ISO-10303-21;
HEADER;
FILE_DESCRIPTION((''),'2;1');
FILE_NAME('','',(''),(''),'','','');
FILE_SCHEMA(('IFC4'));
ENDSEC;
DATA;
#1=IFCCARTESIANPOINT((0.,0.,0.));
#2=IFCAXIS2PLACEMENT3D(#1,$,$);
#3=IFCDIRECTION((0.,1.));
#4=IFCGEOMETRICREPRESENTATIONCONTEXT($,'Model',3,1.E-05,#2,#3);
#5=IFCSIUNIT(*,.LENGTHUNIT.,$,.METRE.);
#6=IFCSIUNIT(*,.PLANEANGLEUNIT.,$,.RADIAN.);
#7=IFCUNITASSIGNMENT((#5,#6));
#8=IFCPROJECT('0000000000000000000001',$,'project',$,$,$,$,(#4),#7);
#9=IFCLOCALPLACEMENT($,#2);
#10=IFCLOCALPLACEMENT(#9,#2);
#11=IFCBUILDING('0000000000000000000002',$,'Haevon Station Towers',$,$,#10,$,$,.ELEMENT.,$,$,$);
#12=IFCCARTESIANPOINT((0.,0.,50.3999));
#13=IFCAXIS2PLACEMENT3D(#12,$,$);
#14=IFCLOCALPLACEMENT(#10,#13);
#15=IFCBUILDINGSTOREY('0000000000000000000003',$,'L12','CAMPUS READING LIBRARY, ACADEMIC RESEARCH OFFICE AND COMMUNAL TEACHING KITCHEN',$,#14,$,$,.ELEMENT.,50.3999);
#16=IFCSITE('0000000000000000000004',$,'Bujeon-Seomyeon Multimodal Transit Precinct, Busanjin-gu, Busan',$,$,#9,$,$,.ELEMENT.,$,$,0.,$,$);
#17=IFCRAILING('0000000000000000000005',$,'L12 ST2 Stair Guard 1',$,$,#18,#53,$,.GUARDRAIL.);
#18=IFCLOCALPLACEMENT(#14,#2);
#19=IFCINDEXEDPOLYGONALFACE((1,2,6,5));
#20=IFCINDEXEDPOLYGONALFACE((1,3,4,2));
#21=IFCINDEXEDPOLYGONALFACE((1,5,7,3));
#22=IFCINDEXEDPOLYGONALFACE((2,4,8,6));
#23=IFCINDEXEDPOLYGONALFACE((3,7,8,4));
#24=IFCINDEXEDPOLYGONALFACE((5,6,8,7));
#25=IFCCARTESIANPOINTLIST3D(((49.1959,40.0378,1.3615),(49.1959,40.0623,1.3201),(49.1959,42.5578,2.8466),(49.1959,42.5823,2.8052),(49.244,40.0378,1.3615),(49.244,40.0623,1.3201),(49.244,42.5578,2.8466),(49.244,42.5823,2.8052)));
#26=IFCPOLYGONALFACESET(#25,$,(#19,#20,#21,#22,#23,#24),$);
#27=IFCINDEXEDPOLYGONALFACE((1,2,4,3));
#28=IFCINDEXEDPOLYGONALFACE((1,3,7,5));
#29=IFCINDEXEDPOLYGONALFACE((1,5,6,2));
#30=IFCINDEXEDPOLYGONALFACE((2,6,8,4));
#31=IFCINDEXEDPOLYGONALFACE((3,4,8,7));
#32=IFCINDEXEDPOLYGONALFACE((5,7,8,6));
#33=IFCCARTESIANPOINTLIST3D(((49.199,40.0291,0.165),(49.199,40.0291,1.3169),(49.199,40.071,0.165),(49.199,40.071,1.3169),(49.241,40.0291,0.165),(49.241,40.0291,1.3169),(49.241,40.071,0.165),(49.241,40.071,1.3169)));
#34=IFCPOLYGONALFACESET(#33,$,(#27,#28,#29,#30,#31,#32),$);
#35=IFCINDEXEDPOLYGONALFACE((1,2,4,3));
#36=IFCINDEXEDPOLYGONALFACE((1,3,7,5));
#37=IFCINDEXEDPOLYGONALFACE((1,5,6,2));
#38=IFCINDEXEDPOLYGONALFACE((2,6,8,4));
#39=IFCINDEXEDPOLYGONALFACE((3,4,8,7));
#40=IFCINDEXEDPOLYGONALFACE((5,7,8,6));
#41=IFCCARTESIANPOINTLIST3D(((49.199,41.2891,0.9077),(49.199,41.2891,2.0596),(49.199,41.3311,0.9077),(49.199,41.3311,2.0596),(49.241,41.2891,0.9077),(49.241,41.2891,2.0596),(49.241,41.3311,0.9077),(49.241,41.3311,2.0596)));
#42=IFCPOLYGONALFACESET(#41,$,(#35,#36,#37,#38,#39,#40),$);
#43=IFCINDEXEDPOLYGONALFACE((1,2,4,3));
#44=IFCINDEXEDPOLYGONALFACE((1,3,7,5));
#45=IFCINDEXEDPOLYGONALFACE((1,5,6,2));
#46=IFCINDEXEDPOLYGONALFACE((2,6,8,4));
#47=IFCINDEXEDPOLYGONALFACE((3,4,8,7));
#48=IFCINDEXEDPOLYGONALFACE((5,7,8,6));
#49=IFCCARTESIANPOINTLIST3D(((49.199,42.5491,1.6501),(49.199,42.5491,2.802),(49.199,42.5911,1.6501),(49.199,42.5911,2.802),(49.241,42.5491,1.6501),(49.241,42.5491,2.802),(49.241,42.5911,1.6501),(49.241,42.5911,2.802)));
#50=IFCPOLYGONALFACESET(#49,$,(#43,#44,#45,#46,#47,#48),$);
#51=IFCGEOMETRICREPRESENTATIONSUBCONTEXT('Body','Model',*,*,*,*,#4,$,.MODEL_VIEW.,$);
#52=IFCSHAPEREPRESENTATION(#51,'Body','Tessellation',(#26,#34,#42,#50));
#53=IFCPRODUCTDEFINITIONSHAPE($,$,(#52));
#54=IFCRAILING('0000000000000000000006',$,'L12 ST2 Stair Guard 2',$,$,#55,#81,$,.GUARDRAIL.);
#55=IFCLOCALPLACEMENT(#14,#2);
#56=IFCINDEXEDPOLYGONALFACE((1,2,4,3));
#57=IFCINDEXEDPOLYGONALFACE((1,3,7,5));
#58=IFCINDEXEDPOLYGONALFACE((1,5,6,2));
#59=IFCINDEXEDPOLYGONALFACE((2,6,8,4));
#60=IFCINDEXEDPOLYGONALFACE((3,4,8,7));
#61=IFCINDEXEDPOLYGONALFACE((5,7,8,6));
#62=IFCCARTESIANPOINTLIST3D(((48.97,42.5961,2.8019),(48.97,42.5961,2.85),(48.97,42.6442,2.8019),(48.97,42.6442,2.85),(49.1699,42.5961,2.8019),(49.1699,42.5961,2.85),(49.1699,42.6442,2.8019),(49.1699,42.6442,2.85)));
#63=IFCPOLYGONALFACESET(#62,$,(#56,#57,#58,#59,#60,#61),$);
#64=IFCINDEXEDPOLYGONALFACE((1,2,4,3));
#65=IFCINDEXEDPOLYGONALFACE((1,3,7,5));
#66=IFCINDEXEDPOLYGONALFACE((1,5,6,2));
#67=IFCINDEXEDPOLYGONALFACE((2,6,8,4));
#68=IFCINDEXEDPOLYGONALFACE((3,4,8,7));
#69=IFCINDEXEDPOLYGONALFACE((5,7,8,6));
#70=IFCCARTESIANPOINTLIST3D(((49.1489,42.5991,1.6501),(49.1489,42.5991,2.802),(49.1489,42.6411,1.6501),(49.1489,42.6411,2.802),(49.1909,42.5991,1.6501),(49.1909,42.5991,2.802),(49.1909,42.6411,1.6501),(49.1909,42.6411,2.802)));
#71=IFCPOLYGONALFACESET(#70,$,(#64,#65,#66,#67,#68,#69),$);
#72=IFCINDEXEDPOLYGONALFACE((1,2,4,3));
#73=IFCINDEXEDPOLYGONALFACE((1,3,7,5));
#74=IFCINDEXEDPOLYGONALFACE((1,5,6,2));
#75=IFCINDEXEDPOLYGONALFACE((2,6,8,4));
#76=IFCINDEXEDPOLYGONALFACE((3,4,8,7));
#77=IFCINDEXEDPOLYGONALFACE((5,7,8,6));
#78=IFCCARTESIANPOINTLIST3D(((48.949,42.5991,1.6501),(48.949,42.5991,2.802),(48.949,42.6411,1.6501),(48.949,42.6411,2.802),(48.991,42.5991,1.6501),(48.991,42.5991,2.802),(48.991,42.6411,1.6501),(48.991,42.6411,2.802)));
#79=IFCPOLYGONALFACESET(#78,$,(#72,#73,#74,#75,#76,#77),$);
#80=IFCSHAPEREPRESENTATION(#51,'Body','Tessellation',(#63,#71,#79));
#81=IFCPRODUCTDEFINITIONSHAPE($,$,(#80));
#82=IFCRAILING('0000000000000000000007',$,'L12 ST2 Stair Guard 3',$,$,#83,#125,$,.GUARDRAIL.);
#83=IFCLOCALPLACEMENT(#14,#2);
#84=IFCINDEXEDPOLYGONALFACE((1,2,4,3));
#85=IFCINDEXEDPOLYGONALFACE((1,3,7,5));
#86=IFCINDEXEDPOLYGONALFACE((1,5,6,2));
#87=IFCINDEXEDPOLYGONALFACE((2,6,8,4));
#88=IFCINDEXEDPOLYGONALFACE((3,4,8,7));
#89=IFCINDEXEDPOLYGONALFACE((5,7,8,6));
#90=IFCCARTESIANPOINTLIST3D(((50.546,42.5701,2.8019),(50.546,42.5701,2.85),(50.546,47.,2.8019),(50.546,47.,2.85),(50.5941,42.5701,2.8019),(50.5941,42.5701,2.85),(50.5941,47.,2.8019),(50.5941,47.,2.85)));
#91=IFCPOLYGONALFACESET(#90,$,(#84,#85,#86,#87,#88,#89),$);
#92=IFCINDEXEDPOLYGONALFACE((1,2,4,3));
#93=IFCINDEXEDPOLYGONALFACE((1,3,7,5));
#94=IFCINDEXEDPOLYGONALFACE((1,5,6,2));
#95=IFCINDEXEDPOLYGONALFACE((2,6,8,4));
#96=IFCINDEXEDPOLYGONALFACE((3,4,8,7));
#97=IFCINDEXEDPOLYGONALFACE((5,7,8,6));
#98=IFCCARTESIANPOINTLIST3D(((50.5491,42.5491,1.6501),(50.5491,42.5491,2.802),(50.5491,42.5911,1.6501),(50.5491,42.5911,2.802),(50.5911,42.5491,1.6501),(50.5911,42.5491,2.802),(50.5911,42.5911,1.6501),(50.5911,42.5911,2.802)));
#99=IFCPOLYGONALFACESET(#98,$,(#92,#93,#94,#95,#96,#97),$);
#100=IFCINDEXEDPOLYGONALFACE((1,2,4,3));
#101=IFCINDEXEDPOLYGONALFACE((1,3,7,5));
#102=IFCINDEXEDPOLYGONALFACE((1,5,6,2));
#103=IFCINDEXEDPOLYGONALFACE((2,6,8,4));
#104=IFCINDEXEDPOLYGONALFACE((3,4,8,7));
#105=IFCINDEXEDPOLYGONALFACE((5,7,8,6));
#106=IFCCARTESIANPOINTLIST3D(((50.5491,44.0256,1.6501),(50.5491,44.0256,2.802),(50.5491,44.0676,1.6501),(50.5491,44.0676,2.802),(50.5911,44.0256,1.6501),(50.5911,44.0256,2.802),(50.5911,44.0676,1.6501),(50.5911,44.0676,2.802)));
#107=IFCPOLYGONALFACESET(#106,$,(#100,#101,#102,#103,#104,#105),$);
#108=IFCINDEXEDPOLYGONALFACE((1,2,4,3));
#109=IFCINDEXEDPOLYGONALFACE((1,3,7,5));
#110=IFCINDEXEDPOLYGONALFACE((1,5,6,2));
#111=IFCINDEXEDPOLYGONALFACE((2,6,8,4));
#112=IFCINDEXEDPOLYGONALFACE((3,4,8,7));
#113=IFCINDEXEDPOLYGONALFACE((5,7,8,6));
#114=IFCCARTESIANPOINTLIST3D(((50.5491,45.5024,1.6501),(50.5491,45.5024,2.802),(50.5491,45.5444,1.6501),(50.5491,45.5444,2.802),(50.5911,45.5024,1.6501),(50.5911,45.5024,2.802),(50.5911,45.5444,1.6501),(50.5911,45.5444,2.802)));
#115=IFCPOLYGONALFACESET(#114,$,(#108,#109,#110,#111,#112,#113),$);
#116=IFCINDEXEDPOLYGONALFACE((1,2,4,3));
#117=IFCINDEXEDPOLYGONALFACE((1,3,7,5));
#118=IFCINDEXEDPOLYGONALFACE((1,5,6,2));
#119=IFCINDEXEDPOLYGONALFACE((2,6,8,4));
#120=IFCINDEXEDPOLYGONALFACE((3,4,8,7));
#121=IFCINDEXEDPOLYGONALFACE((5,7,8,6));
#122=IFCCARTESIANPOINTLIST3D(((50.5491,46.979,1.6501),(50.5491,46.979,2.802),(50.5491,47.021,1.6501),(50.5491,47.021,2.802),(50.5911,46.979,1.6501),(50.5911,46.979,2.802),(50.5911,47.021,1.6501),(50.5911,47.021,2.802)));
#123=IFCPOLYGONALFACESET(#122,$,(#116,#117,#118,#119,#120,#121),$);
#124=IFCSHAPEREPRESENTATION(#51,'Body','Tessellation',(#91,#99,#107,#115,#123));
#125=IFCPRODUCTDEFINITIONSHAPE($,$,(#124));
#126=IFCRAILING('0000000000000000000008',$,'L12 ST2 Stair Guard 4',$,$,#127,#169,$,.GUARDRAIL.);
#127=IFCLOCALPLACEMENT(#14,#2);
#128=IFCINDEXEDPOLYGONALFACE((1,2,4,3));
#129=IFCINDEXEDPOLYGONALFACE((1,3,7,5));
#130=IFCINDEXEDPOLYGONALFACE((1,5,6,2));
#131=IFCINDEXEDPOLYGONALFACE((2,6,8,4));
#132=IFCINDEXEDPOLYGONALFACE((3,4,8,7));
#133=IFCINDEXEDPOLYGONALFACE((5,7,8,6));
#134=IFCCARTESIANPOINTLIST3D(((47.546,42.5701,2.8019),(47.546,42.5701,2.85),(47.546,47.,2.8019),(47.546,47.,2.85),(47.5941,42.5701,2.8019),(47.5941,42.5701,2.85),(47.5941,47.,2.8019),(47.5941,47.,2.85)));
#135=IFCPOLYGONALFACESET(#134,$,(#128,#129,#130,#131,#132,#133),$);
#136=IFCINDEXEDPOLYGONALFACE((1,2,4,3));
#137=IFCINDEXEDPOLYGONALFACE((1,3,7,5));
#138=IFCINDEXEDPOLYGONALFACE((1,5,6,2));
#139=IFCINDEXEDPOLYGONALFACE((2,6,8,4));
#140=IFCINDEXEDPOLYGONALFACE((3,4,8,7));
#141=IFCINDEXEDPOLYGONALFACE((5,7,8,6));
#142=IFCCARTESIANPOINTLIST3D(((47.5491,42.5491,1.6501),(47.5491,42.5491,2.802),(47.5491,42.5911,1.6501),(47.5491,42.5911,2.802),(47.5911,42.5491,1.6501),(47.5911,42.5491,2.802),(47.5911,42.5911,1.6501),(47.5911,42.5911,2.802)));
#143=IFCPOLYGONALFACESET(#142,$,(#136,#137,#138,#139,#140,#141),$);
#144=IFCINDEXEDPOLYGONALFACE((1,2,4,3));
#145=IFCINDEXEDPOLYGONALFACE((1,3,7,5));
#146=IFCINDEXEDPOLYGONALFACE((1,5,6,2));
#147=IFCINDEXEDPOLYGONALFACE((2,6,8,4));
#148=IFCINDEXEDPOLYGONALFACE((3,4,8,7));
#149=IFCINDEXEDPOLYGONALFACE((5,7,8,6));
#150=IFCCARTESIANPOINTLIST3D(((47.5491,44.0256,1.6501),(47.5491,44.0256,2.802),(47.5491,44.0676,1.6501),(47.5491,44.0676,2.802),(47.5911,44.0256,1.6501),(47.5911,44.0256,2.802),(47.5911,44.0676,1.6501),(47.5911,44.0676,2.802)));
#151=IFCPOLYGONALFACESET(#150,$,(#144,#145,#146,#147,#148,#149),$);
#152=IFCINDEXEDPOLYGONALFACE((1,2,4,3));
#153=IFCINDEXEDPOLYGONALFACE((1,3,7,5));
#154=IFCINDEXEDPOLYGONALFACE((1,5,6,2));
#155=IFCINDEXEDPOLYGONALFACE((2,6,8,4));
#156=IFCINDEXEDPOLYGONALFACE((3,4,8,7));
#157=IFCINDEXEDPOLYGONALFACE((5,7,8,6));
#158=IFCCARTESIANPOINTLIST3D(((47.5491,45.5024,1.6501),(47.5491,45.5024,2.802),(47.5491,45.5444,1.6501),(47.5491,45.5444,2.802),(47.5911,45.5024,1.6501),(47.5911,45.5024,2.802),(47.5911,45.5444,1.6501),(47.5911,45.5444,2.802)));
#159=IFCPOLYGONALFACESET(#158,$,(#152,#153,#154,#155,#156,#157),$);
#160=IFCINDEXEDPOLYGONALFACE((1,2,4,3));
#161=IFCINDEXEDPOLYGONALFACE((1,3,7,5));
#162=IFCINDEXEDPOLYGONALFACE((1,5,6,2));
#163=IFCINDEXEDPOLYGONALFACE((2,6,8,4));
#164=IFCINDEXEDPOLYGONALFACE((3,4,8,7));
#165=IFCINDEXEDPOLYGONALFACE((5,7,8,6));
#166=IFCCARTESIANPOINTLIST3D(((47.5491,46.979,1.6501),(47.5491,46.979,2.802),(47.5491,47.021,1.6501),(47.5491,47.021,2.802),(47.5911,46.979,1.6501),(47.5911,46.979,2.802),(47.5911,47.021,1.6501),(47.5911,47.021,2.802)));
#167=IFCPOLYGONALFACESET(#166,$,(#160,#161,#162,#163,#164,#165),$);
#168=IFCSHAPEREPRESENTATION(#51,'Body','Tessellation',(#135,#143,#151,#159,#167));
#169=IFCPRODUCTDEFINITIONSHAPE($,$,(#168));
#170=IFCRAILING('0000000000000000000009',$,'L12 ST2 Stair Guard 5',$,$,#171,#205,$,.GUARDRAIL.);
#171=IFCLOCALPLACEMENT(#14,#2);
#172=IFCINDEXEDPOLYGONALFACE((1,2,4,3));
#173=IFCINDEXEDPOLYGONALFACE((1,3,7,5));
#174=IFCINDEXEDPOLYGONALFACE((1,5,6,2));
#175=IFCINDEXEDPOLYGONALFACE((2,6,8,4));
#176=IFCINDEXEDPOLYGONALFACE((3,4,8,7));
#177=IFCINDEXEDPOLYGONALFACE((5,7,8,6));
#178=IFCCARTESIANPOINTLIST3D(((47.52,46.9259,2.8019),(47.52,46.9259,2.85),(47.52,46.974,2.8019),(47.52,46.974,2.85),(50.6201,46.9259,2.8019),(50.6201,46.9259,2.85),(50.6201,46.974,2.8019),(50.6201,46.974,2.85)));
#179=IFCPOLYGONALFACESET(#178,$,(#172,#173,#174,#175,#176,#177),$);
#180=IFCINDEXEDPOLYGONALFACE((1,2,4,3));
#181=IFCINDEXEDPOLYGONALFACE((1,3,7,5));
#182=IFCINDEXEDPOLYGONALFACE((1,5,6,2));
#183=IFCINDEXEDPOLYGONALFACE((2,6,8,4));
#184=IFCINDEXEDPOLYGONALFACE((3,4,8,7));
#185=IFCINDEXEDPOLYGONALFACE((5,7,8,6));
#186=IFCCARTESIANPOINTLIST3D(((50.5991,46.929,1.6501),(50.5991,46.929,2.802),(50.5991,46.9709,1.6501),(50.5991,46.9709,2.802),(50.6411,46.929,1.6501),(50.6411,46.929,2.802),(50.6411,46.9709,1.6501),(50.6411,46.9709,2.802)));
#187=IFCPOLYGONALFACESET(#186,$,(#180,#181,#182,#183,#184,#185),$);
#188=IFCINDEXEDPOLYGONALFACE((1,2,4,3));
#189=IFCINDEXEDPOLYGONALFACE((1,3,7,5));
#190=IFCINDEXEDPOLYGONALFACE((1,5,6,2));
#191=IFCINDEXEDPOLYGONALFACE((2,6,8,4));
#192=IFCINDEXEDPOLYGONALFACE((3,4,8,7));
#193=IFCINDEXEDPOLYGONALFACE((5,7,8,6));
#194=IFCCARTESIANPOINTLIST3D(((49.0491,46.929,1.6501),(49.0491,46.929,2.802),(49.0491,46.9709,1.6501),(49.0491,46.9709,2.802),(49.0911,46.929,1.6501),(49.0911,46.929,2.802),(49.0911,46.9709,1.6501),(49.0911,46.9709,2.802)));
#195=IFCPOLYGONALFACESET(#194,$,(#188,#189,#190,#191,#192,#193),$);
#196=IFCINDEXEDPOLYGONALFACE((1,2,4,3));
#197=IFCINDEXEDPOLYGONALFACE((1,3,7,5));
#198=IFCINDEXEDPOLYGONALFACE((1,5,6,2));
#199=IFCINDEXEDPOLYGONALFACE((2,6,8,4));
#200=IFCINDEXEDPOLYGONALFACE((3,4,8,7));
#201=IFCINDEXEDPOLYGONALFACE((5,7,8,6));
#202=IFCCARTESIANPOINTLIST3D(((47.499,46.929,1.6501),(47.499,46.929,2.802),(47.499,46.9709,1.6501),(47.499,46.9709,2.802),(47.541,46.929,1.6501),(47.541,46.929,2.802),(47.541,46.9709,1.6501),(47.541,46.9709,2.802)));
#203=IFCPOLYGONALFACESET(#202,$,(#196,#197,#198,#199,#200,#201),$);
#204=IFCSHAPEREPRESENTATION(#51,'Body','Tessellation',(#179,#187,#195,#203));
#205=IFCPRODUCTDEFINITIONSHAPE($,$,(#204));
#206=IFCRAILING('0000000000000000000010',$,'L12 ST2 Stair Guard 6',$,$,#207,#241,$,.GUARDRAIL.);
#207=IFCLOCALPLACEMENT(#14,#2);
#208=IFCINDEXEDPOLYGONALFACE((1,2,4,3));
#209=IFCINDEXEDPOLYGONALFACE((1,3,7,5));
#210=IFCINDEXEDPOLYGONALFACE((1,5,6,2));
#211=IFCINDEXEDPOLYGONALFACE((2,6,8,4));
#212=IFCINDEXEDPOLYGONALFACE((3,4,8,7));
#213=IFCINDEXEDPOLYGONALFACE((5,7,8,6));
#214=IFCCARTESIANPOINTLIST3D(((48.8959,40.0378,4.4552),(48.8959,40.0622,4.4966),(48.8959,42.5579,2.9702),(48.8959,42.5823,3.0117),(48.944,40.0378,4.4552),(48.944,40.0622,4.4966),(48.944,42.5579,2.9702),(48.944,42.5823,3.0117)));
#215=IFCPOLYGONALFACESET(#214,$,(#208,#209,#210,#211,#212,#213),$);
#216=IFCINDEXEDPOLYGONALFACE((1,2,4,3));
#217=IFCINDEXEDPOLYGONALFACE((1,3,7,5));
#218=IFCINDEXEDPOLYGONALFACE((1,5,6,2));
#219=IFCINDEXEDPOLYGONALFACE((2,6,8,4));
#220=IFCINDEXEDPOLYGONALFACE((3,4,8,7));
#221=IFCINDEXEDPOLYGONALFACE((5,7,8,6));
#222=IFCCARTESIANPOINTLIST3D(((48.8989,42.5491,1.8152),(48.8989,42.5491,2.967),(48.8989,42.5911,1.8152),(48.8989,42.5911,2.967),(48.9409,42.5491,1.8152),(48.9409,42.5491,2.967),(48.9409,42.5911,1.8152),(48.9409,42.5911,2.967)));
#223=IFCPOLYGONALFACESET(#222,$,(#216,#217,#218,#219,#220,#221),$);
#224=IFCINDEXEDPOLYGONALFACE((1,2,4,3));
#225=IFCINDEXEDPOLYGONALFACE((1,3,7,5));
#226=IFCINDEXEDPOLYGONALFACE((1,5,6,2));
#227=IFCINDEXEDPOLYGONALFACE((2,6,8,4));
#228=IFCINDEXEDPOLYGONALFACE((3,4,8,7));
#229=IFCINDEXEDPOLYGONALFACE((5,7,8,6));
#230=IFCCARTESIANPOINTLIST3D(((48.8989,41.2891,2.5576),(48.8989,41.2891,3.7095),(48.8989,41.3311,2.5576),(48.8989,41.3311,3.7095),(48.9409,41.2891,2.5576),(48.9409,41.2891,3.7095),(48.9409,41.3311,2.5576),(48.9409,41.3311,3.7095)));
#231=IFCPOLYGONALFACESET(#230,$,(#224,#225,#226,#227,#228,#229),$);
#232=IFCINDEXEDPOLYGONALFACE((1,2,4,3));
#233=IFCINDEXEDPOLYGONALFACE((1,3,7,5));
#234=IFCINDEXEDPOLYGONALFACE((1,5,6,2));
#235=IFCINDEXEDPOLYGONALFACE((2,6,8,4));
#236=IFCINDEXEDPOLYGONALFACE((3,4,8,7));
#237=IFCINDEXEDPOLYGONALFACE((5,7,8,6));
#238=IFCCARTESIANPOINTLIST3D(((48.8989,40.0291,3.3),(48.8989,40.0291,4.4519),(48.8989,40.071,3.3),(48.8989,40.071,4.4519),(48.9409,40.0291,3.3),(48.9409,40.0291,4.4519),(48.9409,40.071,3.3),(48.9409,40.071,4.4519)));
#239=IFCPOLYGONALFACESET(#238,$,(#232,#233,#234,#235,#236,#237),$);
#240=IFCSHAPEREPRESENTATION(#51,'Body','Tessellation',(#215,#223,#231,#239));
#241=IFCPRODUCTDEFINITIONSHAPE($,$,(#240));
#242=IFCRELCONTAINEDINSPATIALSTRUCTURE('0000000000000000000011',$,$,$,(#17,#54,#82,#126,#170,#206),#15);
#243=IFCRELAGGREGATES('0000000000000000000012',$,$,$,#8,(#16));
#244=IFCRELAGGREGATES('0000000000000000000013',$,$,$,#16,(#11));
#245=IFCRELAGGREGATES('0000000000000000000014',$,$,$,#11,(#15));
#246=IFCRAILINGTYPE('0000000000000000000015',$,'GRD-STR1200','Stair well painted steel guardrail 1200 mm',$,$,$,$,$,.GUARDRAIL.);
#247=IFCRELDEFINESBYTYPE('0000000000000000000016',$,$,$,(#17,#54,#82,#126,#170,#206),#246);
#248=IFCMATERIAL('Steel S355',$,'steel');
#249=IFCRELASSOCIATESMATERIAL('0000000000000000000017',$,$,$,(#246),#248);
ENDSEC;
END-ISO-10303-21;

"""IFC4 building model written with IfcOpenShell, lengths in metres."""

from ifc_helpers import new_model, si_unit, direction, frame, origin, origin_2d, place, context, subcontext, project, spatial, rectangle, extrude, material, type_object, element, save


model = new_model("IFC4")

# Units and contexts
model_context = context("Model", 3, precision=1e-05, world=origin(), true_north=direction((0.0, 1.0)))
body_context = subcontext(model_context, "Body", "Model", "MODEL_VIEW")
ifc_project = project(units=[si_unit("LENGTHUNIT", "METRE"), si_unit("PLANEANGLEUNIT", "RADIAN")], contexts=[model_context])

# Site, building, storey
site_placement = place(None, origin())
site = spatial("IfcSite", under=ifc_project, at=site_placement, Name="Bujeon-Seomyeon Multimodal Transit Precinct, Busanjin-gu, Busan", CompositionType="ELEMENT", RefElevation=0.0)
building_placement = place(site_placement, origin())
building = spatial("IfcBuilding", under=site, at=building_placement, Name="Haevon Station Towers", CompositionType="ELEMENT")
storey_placement = place(building_placement, frame((0.0, 0.0, 50.3999)))
storey = spatial("IfcBuildingStorey", under=building, at=storey_placement, Name="L12", Description="CAMPUS READING LIBRARY, ACADEMIC RESEARCH OFFICE AND COMMUNAL TEACHING KITCHEN", CompositionType="ELEMENT", Elevation=50.3999)

# Shared definitions
ifc_material_1 = material(Name="Steel S355", Category="steel")

# Railings
railing_type_1 = type_object("IfcRailingType", Name="GRD-STR1200", Description="Stair well painted steel guardrail 1200 mm", PredefinedType="GUARDRAIL", material=ifc_material_1)
railing_1_placement = place(storey_placement, frame((49.22, 40.05, 0.165)))
element("IfcRailing", 1, at=railing_1_placement, inside=storey, type_object=railing_type_1, Name="L12 ST2 Stair Guard 1", PredefinedType="GUARDRAIL", context=body_context, shape_type="SweptSolid", body=[
    extrude(rectangle(XDim=0.0481, YDim=0.0481, at=origin_2d()), frame((0.0, 0.0, 1.1758), z_axis=(0.0, 0.861524, 0.507717), x_axis=(-1.0, 0.0, 0.0)), (0.0, 0.0, 1.0), 2.925),
    extrude(rectangle(XDim=0.042, YDim=0.042, at=origin_2d()), origin(), (0.0, 0.0, 1.0), 1.1519),
    extrude(rectangle(XDim=0.042, YDim=0.042, at=origin_2d()), frame((0.0, 1.26, 0.7427)), (0.0, 0.0, 1.0), 1.1519),
    extrude(rectangle(XDim=0.042, YDim=0.042, at=origin_2d()), frame((0.0, 2.52, 1.4851)), (0.0, 0.0, 1.0), 1.1519),
])
railing_2_placement = place(storey_placement, frame((49.1699, 42.6201, 1.6501)))
element("IfcRailing", 2, at=railing_2_placement, inside=storey, type_object=railing_type_1, Name="L12 ST2 Stair Guard 2", PredefinedType="GUARDRAIL", context=body_context, shape_type="SweptSolid", body=[
    extrude(rectangle(XDim=0.0481, YDim=0.0481, at=origin_2d()), frame((0.0, 0.0, 1.1758), z_axis=(-1.0, 0.0, 0.0), x_axis=(0.0, -1.0, 0.0)), (0.0, 0.0, 1.0), 0.2),
    extrude(rectangle(XDim=0.042, YDim=0.042, at=origin_2d()), origin(), (0.0, 0.0, 1.0), 1.1519),
    extrude(rectangle(XDim=0.042, YDim=0.042, at=origin_2d()), frame((-0.2, 0.0, 0.0)), (0.0, 0.0, 1.0), 1.1519),
])
for number, where, name in (
    (3, (50.5701, 42.5701, 1.6501), "L12 ST2 Stair Guard 3"),
    (4, (47.5701, 42.5701, 1.6501), "L12 ST2 Stair Guard 4"),
):
    element("IfcRailing", number, at=place(storey_placement, frame(where)), inside=storey, type_object=railing_type_1, Name=name, PredefinedType="GUARDRAIL", context=body_context, shape_type="SweptSolid", body=[
        extrude(rectangle(XDim=0.0481, YDim=0.0481, at=origin_2d()), frame((0.0, 0.0, 1.1758), z_axis=(0.0, 1.0, 0.0), x_axis=(-1.0, 0.0, 0.0)), (0.0, 0.0, 1.0), 4.4299),
        extrude(rectangle(XDim=0.042, YDim=0.042, at=origin_2d()), origin(), (0.0, 0.0, 1.0), 1.1519),
        extrude(rectangle(XDim=0.042, YDim=0.042, at=origin_2d()), frame((0.0, 1.4766, 0.0)), (0.0, 0.0, 1.0), 1.1519),
        extrude(rectangle(XDim=0.042, YDim=0.042, at=origin_2d()), frame((0.0, 2.9534, 0.0)), (0.0, 0.0, 1.0), 1.1519),
        extrude(rectangle(XDim=0.042, YDim=0.042, at=origin_2d()), frame((0.0, 4.4299, 0.0)), (0.0, 0.0, 1.0), 1.1519),
    ])
railing_3_placement = place(storey_placement, frame((50.6201, 46.95, 1.6501)))
element("IfcRailing", 5, at=railing_3_placement, inside=storey, type_object=railing_type_1, Name="L12 ST2 Stair Guard 5", PredefinedType="GUARDRAIL", context=body_context, shape_type="SweptSolid", body=[
    extrude(rectangle(XDim=0.0481, YDim=0.0481, at=origin_2d()), frame((0.0, 0.0, 1.1758), z_axis=(-1.0, 0.0, 0.0), x_axis=(0.0, -1.0, 0.0)), (0.0, 0.0, 1.0), 3.1001),
    extrude(rectangle(XDim=0.042, YDim=0.042, at=origin_2d()), origin(), (0.0, 0.0, 1.0), 1.1519),
    extrude(rectangle(XDim=0.042, YDim=0.042, at=origin_2d()), frame((-1.55, 0.0, 0.0)), (0.0, 0.0, 1.0), 1.1519),
    extrude(rectangle(XDim=0.042, YDim=0.042, at=origin_2d()), frame((-3.1001, 0.0, 0.0)), (0.0, 0.0, 1.0), 1.1519),
])
railing_4_placement = place(storey_placement, frame((48.9199, 42.5701, 1.8152)))
element("IfcRailing", 6, at=railing_4_placement, inside=storey, type_object=railing_type_1, Name="L12 ST2 Stair Guard 6", PredefinedType="GUARDRAIL", context=body_context, shape_type="SweptSolid", body=[
    extrude(rectangle(XDim=0.0481, YDim=0.0481, at=origin_2d()), frame((0.0, 0.0, 1.1758), z_axis=(0.0, -0.861561, 0.507655), x_axis=(1.0, 0.0, 0.0)), (0.0, 0.0, 1.0), 2.925),
    extrude(rectangle(XDim=0.042, YDim=0.042, at=origin_2d()), origin(), (0.0, 0.0, 1.0), 1.1519),
    extrude(rectangle(XDim=0.042, YDim=0.042, at=origin_2d()), frame((0.0, -1.26, 0.7424)), (0.0, 0.0, 1.0), 1.1519),
    extrude(rectangle(XDim=0.042, YDim=0.042, at=origin_2d()), frame((0.0, -2.52, 1.4849)), (0.0, 0.0, 1.0), 1.1519),
])

save(model, "model.ifc")
